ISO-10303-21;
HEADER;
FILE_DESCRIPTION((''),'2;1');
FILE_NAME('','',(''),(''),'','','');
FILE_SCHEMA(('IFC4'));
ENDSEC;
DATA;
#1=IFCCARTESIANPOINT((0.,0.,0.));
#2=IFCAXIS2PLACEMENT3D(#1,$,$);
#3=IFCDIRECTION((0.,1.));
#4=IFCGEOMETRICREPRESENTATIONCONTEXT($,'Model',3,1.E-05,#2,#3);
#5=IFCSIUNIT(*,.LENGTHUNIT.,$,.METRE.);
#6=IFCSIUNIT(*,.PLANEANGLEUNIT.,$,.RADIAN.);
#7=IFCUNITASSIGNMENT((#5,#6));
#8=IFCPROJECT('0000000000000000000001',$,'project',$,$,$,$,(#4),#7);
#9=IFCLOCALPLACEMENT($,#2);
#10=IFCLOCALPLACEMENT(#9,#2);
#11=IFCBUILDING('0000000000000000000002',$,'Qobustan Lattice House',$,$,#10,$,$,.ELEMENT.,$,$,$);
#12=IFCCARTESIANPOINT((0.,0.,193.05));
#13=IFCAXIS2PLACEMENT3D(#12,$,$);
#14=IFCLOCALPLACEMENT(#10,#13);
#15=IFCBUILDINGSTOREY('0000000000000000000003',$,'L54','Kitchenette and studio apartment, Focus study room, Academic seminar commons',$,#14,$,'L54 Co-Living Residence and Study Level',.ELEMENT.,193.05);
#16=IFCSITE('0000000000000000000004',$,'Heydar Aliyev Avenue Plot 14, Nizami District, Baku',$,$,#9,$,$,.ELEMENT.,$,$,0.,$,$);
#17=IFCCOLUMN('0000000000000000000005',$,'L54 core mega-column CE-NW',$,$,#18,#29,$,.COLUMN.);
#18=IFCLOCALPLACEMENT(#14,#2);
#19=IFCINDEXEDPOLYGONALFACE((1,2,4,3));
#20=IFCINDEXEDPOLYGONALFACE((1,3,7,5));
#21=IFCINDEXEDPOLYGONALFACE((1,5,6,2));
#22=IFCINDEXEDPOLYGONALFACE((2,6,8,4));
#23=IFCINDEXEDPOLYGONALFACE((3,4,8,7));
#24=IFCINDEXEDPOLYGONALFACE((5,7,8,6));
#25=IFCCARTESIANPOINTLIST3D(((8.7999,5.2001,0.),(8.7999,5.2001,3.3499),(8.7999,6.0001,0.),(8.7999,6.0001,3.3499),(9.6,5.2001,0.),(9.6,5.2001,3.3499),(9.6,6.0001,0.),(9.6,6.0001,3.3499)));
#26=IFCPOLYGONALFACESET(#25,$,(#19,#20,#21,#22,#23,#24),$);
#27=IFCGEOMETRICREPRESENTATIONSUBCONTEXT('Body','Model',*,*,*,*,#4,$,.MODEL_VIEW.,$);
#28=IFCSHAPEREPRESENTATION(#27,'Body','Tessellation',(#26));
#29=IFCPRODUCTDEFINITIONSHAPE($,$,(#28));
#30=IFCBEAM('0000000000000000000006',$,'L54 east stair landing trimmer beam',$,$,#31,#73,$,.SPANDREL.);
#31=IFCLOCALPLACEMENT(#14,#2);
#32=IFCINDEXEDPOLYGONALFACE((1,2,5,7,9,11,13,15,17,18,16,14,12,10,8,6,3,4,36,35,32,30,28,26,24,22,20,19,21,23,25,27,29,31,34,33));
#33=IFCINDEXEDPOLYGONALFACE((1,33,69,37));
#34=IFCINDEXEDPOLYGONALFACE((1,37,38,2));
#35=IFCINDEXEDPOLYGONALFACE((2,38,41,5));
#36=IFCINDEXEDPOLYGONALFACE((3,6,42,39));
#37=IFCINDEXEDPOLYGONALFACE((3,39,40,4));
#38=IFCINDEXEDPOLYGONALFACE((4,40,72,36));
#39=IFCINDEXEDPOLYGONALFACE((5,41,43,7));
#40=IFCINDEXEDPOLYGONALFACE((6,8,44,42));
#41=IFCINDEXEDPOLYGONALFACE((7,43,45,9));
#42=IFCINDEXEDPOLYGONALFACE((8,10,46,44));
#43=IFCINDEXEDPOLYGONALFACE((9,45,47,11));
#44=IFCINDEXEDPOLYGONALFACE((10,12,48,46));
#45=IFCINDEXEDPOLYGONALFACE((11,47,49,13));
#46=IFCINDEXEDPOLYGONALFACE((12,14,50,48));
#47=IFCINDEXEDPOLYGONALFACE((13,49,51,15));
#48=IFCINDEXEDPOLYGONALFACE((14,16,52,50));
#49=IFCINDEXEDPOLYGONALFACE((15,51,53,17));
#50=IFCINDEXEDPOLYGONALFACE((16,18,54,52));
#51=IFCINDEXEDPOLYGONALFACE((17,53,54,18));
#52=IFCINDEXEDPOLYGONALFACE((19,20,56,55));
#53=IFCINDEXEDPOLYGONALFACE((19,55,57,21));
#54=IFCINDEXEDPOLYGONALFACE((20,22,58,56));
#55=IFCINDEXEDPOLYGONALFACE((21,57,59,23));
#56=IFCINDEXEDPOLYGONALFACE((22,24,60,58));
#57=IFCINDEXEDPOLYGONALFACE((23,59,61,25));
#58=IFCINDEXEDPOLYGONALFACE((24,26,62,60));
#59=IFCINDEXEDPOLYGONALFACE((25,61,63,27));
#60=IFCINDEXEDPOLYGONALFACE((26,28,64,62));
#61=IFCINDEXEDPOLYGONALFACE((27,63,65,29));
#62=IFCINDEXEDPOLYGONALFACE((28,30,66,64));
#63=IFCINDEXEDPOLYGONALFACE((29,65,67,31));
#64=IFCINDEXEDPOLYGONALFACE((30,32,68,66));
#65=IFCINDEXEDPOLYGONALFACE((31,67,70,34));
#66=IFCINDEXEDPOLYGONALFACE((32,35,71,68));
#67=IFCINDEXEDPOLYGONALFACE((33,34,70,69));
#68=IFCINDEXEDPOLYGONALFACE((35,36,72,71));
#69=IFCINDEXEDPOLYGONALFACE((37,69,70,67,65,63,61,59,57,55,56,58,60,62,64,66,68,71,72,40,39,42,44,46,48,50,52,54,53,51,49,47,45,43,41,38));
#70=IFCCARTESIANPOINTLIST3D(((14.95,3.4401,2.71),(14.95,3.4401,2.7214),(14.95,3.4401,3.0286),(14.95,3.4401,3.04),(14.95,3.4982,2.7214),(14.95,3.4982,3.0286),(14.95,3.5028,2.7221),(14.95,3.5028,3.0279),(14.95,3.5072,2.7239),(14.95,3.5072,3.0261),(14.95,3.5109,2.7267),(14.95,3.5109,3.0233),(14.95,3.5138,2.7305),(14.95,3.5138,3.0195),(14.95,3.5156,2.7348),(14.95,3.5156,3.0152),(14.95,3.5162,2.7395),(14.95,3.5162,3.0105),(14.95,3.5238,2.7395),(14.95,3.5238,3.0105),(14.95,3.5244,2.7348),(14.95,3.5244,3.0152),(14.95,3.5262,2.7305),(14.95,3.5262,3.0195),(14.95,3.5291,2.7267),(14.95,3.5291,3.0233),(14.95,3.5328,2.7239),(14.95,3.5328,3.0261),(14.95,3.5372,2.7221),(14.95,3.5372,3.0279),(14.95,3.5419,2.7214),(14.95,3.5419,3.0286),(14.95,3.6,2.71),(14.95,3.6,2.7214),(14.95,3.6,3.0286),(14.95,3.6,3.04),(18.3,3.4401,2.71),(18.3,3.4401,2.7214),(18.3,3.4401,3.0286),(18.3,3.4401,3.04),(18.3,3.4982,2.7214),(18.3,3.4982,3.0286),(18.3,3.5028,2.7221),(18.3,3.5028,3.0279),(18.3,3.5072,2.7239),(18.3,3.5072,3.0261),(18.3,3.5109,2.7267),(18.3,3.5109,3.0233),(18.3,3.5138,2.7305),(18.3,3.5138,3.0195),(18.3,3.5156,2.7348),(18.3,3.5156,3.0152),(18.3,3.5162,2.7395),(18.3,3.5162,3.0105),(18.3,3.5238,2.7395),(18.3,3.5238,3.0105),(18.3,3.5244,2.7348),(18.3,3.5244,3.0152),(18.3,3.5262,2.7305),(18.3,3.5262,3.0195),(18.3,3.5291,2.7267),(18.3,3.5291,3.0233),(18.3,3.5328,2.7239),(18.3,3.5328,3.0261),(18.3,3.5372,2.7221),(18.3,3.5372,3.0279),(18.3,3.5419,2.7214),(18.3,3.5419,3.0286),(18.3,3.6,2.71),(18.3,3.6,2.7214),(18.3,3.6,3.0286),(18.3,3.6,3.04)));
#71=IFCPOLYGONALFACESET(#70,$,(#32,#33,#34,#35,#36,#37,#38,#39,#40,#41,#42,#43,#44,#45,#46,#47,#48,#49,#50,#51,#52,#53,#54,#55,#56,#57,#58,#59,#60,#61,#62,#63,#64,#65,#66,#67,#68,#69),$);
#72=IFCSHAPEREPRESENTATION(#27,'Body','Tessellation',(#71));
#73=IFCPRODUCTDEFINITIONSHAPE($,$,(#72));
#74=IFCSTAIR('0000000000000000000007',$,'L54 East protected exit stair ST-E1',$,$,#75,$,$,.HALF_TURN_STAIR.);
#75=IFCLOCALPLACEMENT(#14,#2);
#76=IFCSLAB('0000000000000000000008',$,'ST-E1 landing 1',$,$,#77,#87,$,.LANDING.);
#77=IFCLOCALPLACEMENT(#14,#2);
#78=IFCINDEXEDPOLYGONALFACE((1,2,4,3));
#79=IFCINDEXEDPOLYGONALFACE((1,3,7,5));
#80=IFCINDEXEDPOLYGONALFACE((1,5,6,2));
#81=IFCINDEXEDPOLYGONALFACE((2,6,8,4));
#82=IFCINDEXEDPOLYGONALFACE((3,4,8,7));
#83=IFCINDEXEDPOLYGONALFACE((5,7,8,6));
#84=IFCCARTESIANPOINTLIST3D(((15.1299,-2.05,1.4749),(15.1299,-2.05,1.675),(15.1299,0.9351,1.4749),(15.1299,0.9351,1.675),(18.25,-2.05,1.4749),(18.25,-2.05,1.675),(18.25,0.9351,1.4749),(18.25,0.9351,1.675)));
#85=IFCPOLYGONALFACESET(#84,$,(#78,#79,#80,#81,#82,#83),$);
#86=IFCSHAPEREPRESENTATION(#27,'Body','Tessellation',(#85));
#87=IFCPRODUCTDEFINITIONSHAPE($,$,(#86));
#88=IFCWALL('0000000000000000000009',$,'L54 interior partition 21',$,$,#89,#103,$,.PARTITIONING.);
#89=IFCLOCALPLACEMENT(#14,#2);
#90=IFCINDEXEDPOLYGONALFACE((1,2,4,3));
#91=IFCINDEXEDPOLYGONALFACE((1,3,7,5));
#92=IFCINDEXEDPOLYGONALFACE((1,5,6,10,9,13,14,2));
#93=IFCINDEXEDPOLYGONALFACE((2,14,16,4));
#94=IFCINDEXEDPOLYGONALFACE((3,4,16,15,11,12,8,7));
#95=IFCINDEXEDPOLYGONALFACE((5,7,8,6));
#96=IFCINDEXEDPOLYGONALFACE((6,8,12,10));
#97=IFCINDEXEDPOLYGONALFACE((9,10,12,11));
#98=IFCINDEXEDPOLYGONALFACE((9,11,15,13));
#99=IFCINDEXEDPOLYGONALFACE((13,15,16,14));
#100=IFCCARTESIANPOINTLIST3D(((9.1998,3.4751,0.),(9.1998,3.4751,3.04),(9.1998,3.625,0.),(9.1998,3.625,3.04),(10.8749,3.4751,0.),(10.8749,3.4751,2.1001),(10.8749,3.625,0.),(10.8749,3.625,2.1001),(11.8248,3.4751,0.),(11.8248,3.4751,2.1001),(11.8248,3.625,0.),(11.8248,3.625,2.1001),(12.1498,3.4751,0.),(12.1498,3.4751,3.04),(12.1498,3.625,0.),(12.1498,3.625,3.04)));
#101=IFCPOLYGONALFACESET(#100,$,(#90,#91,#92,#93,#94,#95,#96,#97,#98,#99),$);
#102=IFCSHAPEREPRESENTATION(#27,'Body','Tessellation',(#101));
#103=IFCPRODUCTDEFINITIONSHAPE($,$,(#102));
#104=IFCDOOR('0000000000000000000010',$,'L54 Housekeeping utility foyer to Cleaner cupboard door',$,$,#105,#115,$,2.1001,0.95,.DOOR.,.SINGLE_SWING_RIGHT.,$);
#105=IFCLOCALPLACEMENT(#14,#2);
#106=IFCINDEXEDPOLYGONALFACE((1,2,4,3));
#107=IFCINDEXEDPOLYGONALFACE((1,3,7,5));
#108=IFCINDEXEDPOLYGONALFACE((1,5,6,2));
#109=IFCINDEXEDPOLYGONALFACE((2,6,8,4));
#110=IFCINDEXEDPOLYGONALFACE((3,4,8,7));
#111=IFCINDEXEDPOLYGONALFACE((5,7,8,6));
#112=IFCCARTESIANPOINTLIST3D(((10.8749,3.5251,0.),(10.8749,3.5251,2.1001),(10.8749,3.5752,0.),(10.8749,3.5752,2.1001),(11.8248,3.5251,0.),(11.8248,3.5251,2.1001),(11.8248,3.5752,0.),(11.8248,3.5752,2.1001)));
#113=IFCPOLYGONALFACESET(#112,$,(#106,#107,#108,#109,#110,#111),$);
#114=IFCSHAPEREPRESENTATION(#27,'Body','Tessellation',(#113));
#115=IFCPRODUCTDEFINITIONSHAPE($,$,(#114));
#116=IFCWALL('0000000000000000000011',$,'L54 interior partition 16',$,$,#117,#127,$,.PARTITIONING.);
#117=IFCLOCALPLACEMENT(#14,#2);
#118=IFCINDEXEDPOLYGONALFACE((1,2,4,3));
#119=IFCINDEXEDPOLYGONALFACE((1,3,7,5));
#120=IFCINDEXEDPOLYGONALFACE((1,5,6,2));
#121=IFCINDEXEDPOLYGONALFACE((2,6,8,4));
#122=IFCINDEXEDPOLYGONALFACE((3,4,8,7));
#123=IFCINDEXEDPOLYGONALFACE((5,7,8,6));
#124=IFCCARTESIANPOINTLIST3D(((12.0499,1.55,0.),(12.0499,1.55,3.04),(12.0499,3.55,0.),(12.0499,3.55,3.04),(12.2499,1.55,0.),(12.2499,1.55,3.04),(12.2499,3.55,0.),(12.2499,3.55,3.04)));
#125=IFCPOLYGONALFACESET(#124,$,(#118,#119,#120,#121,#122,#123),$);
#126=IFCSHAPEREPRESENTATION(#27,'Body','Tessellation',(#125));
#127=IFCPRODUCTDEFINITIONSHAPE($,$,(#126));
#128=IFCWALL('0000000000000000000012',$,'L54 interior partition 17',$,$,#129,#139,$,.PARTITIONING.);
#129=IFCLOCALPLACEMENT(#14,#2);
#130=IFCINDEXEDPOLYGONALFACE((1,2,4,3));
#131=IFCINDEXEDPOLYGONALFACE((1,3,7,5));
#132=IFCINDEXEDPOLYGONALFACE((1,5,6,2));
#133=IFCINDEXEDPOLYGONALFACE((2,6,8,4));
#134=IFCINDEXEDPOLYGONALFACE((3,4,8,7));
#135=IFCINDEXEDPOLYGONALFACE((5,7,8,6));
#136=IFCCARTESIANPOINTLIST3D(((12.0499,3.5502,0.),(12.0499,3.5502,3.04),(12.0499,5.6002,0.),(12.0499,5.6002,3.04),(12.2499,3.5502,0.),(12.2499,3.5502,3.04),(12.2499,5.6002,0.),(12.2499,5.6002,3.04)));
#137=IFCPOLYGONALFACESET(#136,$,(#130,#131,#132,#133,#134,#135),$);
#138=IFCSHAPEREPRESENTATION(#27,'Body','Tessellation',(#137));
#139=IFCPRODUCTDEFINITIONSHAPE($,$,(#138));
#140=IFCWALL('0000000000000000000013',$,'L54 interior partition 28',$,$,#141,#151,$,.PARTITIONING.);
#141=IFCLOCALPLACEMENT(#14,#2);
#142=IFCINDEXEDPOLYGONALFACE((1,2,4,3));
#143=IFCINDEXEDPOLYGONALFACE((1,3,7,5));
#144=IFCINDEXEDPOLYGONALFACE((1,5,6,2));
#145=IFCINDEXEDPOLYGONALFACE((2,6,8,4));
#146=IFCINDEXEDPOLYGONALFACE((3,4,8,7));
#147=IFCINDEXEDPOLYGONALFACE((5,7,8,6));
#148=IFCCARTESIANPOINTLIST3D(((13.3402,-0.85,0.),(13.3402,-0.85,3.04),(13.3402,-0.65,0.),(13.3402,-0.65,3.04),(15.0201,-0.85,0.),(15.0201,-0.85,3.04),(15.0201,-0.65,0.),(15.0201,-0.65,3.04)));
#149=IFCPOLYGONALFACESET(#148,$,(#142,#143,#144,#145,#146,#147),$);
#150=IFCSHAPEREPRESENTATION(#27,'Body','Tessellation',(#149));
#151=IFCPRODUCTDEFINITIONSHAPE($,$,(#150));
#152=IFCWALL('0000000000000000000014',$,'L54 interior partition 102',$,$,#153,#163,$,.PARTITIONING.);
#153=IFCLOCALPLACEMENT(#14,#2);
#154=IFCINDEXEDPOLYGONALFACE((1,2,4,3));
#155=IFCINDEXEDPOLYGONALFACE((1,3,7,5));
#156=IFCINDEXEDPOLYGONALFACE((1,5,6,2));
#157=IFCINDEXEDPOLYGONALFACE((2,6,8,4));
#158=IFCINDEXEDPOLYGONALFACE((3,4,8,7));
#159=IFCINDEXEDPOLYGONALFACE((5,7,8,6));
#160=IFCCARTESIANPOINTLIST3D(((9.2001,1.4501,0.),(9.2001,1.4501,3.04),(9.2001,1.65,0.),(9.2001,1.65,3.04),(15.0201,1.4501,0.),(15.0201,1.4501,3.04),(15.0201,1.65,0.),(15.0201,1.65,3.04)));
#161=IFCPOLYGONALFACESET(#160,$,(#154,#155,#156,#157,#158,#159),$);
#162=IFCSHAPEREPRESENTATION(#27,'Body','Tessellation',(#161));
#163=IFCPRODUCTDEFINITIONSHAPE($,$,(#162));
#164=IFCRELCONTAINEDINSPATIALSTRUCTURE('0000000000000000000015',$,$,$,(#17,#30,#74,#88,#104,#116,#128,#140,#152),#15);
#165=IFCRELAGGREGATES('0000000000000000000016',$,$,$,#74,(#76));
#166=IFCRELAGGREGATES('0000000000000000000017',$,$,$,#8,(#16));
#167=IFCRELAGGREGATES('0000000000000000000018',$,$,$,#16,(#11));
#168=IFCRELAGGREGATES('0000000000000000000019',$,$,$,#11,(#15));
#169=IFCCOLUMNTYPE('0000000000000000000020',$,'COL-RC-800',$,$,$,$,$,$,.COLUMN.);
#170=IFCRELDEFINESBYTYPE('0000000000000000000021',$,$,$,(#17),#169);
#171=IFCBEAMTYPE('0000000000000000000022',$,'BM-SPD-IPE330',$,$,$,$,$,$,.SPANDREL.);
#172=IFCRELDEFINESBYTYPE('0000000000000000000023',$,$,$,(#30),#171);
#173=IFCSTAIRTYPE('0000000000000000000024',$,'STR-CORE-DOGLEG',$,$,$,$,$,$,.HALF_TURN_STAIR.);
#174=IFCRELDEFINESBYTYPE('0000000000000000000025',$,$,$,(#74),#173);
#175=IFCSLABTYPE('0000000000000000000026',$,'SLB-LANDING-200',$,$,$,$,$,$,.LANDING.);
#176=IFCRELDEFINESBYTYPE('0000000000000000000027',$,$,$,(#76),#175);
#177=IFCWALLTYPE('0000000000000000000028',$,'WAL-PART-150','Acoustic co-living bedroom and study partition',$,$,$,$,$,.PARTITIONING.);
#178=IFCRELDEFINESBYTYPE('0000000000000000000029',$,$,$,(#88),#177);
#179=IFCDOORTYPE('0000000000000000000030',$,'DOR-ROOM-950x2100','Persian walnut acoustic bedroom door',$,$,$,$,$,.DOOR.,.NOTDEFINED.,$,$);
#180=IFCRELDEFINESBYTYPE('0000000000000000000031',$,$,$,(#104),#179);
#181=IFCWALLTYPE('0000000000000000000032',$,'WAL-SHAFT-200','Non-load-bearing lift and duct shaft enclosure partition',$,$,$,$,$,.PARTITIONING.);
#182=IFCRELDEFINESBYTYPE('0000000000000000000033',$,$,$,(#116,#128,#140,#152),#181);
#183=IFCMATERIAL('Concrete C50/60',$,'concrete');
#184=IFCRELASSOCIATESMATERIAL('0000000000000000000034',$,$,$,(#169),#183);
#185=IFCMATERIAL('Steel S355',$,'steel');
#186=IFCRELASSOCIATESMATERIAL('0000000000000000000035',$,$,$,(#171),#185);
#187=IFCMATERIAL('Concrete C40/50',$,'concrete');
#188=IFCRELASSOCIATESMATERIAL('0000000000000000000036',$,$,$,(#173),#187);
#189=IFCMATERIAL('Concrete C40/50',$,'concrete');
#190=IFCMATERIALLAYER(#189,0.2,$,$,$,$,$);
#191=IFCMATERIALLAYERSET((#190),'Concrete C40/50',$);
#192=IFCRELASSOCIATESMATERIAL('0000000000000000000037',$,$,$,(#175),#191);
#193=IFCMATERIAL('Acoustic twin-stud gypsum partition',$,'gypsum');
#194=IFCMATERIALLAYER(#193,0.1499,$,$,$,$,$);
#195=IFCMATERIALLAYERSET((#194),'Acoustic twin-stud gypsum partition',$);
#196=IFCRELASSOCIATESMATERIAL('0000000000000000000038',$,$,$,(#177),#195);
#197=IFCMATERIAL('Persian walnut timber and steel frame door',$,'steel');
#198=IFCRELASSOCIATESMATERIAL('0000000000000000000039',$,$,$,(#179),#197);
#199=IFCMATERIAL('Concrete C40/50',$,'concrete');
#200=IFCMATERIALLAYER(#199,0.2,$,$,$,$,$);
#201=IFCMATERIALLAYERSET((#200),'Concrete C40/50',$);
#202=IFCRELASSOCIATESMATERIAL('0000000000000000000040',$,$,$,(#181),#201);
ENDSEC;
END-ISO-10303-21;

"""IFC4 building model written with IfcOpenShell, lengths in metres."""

from ifc_helpers import new_model, si_unit, direction, frame, frame_2d, origin, origin_2d, place, context, subcontext, project, spatial, polyline, rectangle, i_section, outline, extrude, material, layer, layer_set, material_profile, profile_set, type_object, element, fill, aggregate, save


model = new_model("IFC4")

# Units and contexts
model_context = context("Model", 3, precision=1e-05, world=origin(), true_north=direction((0.0, 1.0)))
body_context = subcontext(model_context, "Body", "Model", "MODEL_VIEW")
ifc_project = project(units=[si_unit("LENGTHUNIT", "METRE"), si_unit("PLANEANGLEUNIT", "RADIAN")], contexts=[model_context])

# Site, building, storey
site_placement = place(None, origin())
site = spatial("IfcSite", under=ifc_project, at=site_placement, Name="Heydar Aliyev Avenue Plot 14, Nizami District, Baku", CompositionType="ELEMENT", RefElevation=0.0)
building_placement = place(site_placement, origin())
building = spatial("IfcBuilding", under=site, at=building_placement, Name="Qobustan Lattice House", CompositionType="ELEMENT")
storey_placement = place(building_placement, frame((0.0, 0.0, 193.05)))
storey = spatial("IfcBuildingStorey", under=building, at=storey_placement, Name="L54", Description="Kitchenette and studio apartment, Focus study room, Academic seminar commons", LongName="L54 Co-Living Residence and Study Level", CompositionType="ELEMENT", Elevation=193.05)

# Column
ifc_material_1 = material(Name="Concrete C50/60", Category="concrete")
ifc_material_profile_1 = material_profile(ifc_material_1, rectangle(XDim=0.8, YDim=0.8, at=origin_2d()), Name="RC800x800")
ifc_profile_set_1 = profile_set([ifc_material_profile_1], Name="Concrete C50/60")
column_type = type_object("IfcColumnType", Name="COL-RC-800", PredefinedType="COLUMN", material=ifc_profile_set_1)
column_placement = place(storey_placement, frame((9.2, 5.6001, 0.0), z_axis=(0.0, 0.0, 1.0), x_axis=(1.0, 0.0, 0.0)))
element("IfcColumn", 1, at=column_placement, inside=storey, type_object=column_type, Name="L54 core mega-column CE-NW", PredefinedType="COLUMN", context=body_context, shape_type="SweptSolid", body=[
    extrude(rectangle(XDim=0.8, YDim=0.8, at=origin_2d()), origin(), (0.0, 0.0, 1.0), 3.3499),
])

# Beam
ifc_material_2 = material(Name="Steel S355", Category="steel")
ifc_material_profile_2 = material_profile(ifc_material_2, i_section(OverallWidth=0.1599, OverallDepth=0.3301, WebThickness=0.0076, FlangeThickness=0.0115, FilletRadius=0.0181, at=origin_2d()), Name="IPE330")
ifc_profile_set_2 = profile_set([ifc_material_profile_2], Name="Steel S355")
beam_type = type_object("IfcBeamType", Name="BM-SPD-IPE330", PredefinedType="SPANDREL", material=ifc_profile_set_2)
beam_placement = place(storey_placement, frame((14.95, 3.52, 2.875), z_axis=(1.0, 0.0, 0.0), x_axis=(0.0, 1.0, 0.0)))
element("IfcBeam", 2, at=beam_placement, inside=storey, type_object=beam_type, Name="L54 east stair landing trimmer beam", PredefinedType="SPANDREL", context=body_context, shape_type="SweptSolid", body=[
    extrude(i_section(OverallWidth=0.1599, OverallDepth=0.3301, WebThickness=0.0076, FlangeThickness=0.0115, FilletRadius=0.0181, at=origin_2d()), origin(), (0.0, 0.0, 1.0), 3.3501),
])

# Stair, slab
ifc_material_3 = material(Name="Concrete C40/50", Category="concrete")
stair_type = type_object("IfcStairType", Name="STR-CORE-DOGLEG", PredefinedType="HALF_TURN_STAIR", material=ifc_material_3)
stair_placement = place(storey_placement, origin())
stair = element("IfcStair", 3, at=stair_placement, inside=storey, type_object=stair_type, Name="L54 East protected exit stair ST-E1", PredefinedType="HALF_TURN_STAIR")
ifc_material_4 = material(Name="Concrete C40/50", Category="concrete")
ifc_layer_1 = layer(ifc_material_4, 0.2)
ifc_layer_set_1 = layer_set([ifc_layer_1], Name="Concrete C40/50")
slab_type = type_object("IfcSlabType", Name="SLB-LANDING-200", PredefinedType="LANDING", material=ifc_layer_set_1)
slab_placement = place(storey_placement, frame((0.0, 0.0, 1.4749)))
slab = element("IfcSlab", 4, at=slab_placement, type_object=slab_type, Name="ST-E1 landing 1", PredefinedType="LANDING", context=body_context, shape_type="SweptSolid", body=[
    extrude(outline(polyline([(15.1299, 0.9351), (15.1299, -2.05), (18.25, -2.05), (18.25, 0.9351), (15.1299, 0.9351)])), origin(), (0.0, 0.0, 1.0), 0.2002),
])

# Wall, opening, door
ifc_material_5 = material(Name="Acoustic twin-stud gypsum partition", Category="gypsum")
ifc_layer_2 = layer(ifc_material_5, 0.1499)
ifc_layer_set_2 = layer_set([ifc_layer_2], Name="Acoustic twin-stud gypsum partition")
wall_type_1 = type_object("IfcWallType", Name="WAL-PART-150", Description="Acoustic co-living bedroom and study partition", PredefinedType="PARTITIONING", material=ifc_layer_set_2)
wall_1_placement = place(storey_placement, frame((12.1499, 3.55, 0.0), z_axis=(0.0, 0.0, 1.0), x_axis=(-1.0, 0.0, 0.0)))
wall_1 = element("IfcWall", 5, at=wall_1_placement, inside=storey, type_object=wall_type_1, Name="L54 interior partition 21", PredefinedType="PARTITIONING", context=body_context, shape_type="SweptSolid", body=[
    extrude(rectangle(XDim=2.95, YDim=0.1499, at=frame_2d((1.4751, 0.0))), origin(), (0.0, 0.0, 1.0), 3.04),
])
opening_1_placement = place(wall_1_placement, frame((0.325, 0.0, 0.0)))
opening_1 = element("IfcOpeningElement", 6, at=opening_1_placement, cuts=wall_1, PredefinedType="OPENING", context=body_context, shape_type="SweptSolid", body=[
    extrude(rectangle(XDim=0.95, YDim=2.1001, at=frame_2d((0.4751, 1.05))), frame((0.0, 0.085, 0.0), z_axis=(0.0, -1.0, 0.0), x_axis=(1.0, 0.0, 0.0)), (0.0, 0.0, 1.0), 0.1699),
])
ifc_material_6 = material(Name="Persian walnut timber and steel frame door", Category="steel")
door_type_1 = type_object("IfcDoorType", Name="DOR-ROOM-950x2100", Description="Persian walnut acoustic bedroom door", OperationType="NOTDEFINED", PredefinedType="DOOR", material=ifc_material_6)
door_1_placement = place(opening_1_placement, origin())
door_1 = element("IfcDoor", 7, at=door_1_placement, inside=storey, type_object=door_type_1, Name="L54 Housekeeping utility foyer to Cleaner cupboard door", OperationType="SINGLE_SWING_RIGHT", OverallHeight=2.1001, OverallWidth=0.95, PredefinedType="DOOR", context=body_context, shape_type="SweptSolid", body=[
    extrude(rectangle(XDim=0.95, YDim=2.1001, at=frame_2d((0.4751, 1.05))), frame((0.0, 0.0249, 0.0), z_axis=(0.0, -1.0, 0.0), x_axis=(1.0, 0.0, 0.0)), (0.0, 0.0, 1.0), 0.05),
])
fill(opening_1, door_1)

# Walls
ifc_material_7 = material(Name="Concrete C40/50", Category="concrete")
ifc_layer_3 = layer(ifc_material_7, 0.2)
ifc_layer_set_3 = layer_set([ifc_layer_3], Name="Concrete C40/50")
wall_type_2 = type_object("IfcWallType", Name="WAL-SHAFT-200", Description="Non-load-bearing lift and duct shaft enclosure partition", PredefinedType="PARTITIONING", material=ifc_layer_set_3)
wall_2_placement = place(storey_placement, frame((12.1499, 3.55, 0.0), z_axis=(0.0, 0.0, 1.0), x_axis=(0.0, -1.0, 0.0)))
element("IfcWall", 8, at=wall_2_placement, inside=storey, type_object=wall_type_2, Name="L54 interior partition 16", PredefinedType="PARTITIONING", context=body_context, shape_type="SweptSolid", body=[
    extrude(rectangle(XDim=2.0, YDim=0.2, at=frame_2d((1.0, 0.0))), origin(), (0.0, 0.0, 1.0), 3.04),
])
wall_3_placement = place(storey_placement, frame((12.1499, 5.6001, 0.0), z_axis=(0.0, 0.0, 1.0), x_axis=(0.0, -1.0, 0.0)))
element("IfcWall", 9, at=wall_3_placement, inside=storey, type_object=wall_type_2, Name="L54 interior partition 17", PredefinedType="PARTITIONING", context=body_context, shape_type="SweptSolid", body=[
    extrude(rectangle(XDim=2.05, YDim=0.2, at=frame_2d((1.0249, 0.0))), origin(), (0.0, 0.0, 1.0), 3.04),
])
wall_4_placement = place(storey_placement, frame((15.02, -0.75, 0.0), z_axis=(0.0, 0.0, 1.0), x_axis=(-1.0, 0.0, 0.0)))
element("IfcWall", 10, at=wall_4_placement, inside=storey, type_object=wall_type_2, Name="L54 interior partition 28", PredefinedType="PARTITIONING", context=body_context, shape_type="SweptSolid", body=[
    extrude(rectangle(XDim=1.6799, YDim=0.2, at=frame_2d((0.8398, 0.0))), origin(), (0.0, 0.0, 1.0), 3.04),
])
wall_5_placement = place(storey_placement, frame((9.2, 1.55, 0.0), z_axis=(0.0, 0.0, 1.0), x_axis=(1.0, 0.0, 0.0)))
element("IfcWall", 11, at=wall_5_placement, inside=storey, type_object=wall_type_2, Name="L54 interior partition 102", PredefinedType="PARTITIONING", context=body_context, shape_type="SweptSolid", body=[
    extrude(rectangle(XDim=5.8201, YDim=0.2, at=frame_2d((2.9102, 0.0))), origin(), (0.0, 0.0, 1.0), 3.04),
])

aggregate(stair, [slab])

save(model, "model.ifc")
